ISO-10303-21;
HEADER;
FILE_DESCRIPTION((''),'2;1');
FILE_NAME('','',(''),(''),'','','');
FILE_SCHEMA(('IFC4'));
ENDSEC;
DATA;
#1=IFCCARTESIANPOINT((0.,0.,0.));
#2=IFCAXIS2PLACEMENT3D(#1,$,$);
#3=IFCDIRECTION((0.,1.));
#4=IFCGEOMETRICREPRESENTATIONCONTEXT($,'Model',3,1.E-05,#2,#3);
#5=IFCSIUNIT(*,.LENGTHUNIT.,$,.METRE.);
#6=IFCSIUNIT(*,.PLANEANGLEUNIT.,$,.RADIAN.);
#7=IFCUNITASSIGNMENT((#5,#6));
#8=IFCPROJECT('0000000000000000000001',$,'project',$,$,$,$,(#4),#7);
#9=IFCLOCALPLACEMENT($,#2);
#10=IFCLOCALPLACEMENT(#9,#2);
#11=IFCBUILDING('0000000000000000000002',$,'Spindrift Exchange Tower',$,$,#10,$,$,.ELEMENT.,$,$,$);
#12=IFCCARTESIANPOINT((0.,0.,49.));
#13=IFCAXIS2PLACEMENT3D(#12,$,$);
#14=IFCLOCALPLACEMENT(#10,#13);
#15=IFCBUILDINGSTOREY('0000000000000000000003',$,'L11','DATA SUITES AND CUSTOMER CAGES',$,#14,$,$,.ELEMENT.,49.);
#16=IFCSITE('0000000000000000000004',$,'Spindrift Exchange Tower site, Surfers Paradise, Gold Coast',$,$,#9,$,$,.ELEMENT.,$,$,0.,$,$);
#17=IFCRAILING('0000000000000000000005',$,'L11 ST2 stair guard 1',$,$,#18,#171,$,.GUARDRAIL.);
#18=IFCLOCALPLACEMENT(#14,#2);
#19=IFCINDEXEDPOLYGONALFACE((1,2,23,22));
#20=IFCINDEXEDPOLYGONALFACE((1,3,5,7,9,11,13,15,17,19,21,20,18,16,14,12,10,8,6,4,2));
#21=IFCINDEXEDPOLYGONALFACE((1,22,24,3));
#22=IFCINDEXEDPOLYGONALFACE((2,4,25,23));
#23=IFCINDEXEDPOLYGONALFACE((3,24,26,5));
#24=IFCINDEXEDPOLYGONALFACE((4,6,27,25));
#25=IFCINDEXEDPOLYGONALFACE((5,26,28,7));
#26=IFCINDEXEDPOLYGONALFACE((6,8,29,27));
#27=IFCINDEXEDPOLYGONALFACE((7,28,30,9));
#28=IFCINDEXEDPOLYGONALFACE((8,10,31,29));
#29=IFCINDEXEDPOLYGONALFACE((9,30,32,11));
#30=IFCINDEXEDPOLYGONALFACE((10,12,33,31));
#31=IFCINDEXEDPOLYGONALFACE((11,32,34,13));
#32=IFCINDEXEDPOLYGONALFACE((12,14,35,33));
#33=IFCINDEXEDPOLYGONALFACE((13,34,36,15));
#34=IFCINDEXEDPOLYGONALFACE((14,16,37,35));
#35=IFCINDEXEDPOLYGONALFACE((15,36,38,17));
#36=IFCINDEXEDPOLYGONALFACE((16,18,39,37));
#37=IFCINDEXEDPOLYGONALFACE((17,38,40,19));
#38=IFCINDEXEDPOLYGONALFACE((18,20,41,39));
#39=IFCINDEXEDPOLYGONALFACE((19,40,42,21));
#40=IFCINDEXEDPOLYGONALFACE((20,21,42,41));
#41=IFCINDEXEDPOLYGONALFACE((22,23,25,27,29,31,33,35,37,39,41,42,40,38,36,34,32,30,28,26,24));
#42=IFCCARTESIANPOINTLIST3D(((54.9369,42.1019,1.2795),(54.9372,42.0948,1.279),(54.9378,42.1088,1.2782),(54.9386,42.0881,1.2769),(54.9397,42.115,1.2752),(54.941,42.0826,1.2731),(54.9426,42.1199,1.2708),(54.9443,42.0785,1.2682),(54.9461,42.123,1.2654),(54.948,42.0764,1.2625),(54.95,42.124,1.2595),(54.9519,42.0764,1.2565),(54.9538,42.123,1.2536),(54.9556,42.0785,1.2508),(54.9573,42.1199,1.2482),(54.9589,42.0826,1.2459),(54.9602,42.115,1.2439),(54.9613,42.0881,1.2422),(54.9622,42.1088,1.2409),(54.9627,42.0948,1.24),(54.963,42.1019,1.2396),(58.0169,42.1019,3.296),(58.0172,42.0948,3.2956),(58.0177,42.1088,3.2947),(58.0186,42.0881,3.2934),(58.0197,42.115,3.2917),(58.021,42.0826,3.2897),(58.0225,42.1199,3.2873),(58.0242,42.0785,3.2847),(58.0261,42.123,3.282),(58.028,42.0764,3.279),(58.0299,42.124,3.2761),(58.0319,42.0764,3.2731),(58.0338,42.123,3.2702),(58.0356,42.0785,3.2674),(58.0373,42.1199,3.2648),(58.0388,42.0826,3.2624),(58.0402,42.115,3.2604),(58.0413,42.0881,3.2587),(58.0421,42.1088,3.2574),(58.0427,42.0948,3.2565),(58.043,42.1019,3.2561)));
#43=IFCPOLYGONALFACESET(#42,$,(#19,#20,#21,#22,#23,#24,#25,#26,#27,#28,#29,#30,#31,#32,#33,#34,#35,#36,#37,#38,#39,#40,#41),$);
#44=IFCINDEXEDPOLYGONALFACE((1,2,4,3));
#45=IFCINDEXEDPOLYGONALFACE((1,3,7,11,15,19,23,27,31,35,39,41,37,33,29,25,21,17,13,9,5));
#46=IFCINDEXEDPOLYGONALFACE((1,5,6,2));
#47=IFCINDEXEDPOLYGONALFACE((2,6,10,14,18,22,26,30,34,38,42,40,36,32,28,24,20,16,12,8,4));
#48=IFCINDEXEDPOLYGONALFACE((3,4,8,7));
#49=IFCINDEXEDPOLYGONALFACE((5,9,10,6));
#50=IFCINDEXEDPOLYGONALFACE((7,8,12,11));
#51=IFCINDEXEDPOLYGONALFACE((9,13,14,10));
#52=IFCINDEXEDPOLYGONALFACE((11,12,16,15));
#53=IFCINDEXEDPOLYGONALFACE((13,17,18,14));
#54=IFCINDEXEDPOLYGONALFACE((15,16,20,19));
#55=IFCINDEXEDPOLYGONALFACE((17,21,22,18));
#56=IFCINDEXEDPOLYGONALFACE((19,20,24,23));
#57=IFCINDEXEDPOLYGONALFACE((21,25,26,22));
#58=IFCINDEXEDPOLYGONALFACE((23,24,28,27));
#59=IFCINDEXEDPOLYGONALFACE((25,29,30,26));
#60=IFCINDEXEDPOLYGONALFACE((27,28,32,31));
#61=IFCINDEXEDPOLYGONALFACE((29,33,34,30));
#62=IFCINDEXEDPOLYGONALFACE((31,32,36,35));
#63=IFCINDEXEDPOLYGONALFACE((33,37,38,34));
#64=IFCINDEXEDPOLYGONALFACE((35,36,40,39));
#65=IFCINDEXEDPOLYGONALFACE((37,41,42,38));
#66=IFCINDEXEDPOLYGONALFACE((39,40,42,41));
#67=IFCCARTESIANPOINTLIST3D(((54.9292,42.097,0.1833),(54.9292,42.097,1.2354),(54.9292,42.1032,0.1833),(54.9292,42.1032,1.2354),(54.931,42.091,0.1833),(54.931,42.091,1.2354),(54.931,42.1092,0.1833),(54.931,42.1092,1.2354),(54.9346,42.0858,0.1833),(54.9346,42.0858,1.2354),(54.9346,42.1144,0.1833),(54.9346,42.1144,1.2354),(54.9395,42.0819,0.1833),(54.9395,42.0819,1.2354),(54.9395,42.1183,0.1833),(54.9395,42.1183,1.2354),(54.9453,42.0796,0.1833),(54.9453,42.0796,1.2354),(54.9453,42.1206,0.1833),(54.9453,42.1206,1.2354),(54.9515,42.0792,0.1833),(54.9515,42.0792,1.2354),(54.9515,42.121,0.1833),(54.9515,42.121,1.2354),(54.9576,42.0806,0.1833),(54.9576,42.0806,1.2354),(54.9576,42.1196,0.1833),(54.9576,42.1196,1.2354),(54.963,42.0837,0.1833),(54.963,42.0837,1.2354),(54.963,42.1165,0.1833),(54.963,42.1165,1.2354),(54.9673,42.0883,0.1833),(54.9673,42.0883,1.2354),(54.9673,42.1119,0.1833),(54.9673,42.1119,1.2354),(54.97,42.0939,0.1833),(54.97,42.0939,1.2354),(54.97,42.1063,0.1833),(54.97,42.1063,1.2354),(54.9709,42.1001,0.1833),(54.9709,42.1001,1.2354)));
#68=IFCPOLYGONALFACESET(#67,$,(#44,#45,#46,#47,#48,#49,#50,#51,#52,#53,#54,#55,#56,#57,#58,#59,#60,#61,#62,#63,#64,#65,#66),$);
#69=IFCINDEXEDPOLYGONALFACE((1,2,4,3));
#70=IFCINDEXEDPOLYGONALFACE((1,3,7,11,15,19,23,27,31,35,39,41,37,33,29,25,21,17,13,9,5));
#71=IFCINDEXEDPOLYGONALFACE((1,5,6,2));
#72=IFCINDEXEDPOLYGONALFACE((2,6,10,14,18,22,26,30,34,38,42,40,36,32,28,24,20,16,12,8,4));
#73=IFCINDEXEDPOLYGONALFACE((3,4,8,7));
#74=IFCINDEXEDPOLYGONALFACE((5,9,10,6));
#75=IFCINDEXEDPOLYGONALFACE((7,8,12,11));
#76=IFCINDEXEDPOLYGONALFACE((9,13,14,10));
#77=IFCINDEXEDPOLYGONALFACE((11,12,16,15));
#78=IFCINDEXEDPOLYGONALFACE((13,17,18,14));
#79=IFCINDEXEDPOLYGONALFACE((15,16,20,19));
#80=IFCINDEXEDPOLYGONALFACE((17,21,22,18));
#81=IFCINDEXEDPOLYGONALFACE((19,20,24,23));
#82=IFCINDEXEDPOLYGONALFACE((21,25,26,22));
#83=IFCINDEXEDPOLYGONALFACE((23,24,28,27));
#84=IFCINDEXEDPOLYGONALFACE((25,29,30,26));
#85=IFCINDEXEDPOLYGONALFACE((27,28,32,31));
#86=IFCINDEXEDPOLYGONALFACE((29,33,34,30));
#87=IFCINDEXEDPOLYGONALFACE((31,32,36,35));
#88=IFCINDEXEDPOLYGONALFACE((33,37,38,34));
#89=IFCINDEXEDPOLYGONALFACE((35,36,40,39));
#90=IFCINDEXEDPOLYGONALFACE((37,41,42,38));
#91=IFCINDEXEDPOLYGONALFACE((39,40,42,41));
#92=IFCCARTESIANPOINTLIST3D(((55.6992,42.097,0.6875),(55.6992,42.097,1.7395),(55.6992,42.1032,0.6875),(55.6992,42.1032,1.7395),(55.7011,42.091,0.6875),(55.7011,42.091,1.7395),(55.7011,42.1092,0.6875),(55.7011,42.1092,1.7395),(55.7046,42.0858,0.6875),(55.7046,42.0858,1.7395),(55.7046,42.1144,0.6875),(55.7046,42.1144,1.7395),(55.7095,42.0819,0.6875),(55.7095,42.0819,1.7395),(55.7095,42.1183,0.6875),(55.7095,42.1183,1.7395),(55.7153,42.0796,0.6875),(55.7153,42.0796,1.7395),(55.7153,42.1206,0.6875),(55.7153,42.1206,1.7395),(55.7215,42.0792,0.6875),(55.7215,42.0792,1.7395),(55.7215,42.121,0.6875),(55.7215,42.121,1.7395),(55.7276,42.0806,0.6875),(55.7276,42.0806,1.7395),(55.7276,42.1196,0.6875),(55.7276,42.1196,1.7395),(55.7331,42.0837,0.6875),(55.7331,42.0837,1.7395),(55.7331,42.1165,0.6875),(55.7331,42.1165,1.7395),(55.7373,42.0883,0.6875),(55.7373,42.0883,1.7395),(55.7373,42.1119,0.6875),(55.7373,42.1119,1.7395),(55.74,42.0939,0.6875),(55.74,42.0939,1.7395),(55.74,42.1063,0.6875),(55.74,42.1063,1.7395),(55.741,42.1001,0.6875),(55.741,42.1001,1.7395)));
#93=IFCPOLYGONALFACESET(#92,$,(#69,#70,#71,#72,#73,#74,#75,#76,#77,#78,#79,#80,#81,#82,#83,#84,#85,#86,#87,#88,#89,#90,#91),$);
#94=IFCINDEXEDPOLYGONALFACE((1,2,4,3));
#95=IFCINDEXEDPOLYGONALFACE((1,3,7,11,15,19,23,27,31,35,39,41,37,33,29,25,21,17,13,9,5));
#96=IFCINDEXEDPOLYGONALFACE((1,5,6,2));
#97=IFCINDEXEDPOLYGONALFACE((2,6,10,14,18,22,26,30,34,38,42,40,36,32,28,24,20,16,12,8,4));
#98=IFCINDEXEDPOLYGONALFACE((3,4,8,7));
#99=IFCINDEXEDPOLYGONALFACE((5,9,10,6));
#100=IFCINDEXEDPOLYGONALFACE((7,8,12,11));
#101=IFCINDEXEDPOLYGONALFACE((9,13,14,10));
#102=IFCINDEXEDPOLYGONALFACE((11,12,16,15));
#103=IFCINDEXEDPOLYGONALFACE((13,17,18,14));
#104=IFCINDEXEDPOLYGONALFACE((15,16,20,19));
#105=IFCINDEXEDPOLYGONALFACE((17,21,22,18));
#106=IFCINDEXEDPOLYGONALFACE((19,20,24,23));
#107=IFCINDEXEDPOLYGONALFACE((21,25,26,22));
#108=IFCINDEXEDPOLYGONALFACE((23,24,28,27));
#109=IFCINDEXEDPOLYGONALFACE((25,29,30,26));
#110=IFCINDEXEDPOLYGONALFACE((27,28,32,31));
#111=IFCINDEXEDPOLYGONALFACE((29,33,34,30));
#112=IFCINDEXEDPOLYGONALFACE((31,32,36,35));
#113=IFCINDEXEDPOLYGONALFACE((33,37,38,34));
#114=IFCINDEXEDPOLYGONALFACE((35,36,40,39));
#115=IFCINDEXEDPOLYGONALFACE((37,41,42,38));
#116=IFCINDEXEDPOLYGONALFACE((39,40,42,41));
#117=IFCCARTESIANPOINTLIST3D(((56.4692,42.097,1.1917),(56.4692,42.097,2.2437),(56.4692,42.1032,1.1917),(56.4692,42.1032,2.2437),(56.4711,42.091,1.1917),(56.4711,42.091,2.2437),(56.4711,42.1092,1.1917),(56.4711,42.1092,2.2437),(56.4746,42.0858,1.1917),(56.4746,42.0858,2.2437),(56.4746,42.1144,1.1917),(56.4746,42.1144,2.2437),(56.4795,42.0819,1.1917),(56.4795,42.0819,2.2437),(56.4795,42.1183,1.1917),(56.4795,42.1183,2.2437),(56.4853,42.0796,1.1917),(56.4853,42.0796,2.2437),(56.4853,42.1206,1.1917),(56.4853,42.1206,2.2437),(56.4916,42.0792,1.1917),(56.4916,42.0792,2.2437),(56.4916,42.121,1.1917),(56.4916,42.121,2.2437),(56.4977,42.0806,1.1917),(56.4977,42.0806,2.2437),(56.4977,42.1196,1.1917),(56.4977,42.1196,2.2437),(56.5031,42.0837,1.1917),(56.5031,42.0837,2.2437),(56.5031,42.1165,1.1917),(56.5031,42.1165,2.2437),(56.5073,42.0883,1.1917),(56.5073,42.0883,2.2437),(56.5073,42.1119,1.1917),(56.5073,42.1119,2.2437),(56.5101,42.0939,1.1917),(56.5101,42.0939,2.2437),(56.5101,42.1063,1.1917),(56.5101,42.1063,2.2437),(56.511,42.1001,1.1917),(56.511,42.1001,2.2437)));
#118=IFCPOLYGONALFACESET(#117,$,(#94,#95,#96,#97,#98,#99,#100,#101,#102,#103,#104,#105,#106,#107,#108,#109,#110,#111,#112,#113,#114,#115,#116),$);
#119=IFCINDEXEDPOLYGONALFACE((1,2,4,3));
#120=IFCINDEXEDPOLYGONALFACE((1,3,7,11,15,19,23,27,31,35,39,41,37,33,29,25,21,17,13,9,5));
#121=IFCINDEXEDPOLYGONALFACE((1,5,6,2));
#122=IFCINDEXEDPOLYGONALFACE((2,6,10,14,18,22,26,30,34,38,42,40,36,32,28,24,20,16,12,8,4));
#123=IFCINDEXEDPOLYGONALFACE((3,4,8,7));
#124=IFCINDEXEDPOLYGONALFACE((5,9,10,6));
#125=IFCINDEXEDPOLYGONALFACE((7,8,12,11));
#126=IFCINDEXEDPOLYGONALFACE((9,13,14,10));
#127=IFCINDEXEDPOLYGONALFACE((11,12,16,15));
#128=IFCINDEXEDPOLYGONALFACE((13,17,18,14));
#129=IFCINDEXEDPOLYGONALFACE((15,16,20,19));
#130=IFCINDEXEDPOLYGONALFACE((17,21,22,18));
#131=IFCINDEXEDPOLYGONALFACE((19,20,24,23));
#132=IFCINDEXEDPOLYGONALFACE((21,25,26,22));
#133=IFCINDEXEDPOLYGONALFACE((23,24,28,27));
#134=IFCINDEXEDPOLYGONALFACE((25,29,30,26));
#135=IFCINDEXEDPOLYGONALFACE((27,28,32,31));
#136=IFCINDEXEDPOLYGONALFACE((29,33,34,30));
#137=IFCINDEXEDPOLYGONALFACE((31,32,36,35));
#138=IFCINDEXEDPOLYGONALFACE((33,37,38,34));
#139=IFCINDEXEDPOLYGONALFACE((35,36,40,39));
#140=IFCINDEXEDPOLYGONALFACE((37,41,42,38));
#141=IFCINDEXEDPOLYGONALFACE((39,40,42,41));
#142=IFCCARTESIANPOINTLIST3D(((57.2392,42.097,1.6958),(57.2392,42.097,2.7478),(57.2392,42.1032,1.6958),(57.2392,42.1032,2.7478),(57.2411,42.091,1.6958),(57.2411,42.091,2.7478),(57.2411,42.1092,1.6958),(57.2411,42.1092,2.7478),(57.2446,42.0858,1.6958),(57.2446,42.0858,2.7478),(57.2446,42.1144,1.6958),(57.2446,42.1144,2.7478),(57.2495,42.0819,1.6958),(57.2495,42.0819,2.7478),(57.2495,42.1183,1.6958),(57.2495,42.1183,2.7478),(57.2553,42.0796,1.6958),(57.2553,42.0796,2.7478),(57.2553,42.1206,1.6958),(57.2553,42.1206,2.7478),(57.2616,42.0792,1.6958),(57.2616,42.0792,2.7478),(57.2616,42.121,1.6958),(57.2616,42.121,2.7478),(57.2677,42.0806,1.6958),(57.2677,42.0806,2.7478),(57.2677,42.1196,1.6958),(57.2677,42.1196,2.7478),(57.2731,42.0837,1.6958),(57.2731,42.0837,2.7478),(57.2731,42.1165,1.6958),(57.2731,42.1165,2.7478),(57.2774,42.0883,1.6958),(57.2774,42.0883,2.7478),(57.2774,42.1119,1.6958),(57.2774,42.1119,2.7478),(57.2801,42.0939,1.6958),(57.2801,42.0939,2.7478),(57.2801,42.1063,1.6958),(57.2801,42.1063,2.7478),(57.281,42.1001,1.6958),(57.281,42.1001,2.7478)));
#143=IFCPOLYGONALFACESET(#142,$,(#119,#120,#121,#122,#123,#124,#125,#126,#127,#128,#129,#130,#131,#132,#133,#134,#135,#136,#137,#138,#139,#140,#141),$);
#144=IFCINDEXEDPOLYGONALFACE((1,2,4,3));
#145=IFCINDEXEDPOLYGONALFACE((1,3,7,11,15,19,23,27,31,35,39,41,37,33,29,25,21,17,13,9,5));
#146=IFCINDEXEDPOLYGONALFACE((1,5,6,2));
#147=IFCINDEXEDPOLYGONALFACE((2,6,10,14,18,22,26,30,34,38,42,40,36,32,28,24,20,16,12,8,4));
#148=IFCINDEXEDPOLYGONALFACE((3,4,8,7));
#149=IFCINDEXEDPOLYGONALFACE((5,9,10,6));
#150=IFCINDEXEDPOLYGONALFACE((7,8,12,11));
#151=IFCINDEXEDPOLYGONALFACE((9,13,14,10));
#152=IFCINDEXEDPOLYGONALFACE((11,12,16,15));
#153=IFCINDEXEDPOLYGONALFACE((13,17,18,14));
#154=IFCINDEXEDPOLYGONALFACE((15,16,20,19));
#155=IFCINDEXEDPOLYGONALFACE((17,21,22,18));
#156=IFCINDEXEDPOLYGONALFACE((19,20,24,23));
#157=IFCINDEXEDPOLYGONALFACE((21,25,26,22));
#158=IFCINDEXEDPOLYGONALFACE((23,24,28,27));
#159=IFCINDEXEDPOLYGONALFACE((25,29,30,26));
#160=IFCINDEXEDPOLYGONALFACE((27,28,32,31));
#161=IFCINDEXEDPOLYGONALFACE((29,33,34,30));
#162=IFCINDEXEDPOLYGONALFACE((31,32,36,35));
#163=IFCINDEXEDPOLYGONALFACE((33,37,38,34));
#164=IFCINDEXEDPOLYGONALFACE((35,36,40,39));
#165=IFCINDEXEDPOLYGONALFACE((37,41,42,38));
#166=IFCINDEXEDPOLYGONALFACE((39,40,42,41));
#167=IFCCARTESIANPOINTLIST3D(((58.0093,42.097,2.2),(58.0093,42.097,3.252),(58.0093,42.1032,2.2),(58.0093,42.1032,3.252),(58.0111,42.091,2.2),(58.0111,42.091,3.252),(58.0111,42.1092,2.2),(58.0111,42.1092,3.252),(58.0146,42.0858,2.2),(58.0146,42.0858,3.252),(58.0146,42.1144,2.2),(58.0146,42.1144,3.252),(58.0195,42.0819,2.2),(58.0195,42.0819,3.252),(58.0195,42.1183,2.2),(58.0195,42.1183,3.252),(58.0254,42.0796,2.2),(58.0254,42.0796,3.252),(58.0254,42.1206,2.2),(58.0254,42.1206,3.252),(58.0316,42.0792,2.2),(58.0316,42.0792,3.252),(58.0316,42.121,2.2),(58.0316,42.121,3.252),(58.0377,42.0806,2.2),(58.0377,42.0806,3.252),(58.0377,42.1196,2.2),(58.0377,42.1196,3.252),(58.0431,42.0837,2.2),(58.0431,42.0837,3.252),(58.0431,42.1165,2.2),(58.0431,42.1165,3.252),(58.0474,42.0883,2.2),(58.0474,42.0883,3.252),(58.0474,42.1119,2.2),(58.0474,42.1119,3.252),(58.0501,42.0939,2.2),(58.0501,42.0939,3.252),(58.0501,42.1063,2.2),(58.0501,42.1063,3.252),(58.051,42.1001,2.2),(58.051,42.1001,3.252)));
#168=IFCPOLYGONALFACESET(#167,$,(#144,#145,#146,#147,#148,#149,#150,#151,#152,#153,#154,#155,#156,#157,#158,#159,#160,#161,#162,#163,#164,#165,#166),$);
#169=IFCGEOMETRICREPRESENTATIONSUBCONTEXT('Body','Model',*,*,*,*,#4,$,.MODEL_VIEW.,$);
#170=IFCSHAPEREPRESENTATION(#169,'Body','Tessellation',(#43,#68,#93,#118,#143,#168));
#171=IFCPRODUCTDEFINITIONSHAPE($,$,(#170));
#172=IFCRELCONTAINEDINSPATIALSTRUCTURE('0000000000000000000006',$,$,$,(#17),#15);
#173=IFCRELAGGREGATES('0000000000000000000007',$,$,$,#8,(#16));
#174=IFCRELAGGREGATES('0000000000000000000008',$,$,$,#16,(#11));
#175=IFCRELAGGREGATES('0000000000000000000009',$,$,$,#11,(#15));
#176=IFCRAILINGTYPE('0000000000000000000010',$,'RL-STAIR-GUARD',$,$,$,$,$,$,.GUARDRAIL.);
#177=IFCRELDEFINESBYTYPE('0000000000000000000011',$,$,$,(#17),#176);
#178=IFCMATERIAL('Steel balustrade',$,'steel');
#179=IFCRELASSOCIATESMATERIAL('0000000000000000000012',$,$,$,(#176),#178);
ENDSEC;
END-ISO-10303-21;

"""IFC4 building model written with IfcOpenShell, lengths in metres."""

from ifc_helpers import new_model, si_unit, direction, frame, origin, origin_2d, place, context, subcontext, project, spatial, circle, extrude, material, type_object, element, save


model = new_model("IFC4")

# Units and contexts
model_context = context("Model", 3, precision=1e-05, world=origin(), true_north=direction((0.0, 1.0)))
body_context = subcontext(model_context, "Body", "Model", "MODEL_VIEW")
ifc_project = project(units=[si_unit("LENGTHUNIT", "METRE"), si_unit("PLANEANGLEUNIT", "RADIAN")], contexts=[model_context])

# Site, building, storey
site_placement = place(None, origin())
site = spatial("IfcSite", under=ifc_project, at=site_placement, Name="Spindrift Exchange Tower site, Surfers Paradise, Gold Coast", CompositionType="ELEMENT", RefElevation=0.0)
building_placement = place(site_placement, origin())
building = spatial("IfcBuilding", under=site, at=building_placement, Name="Spindrift Exchange Tower", CompositionType="ELEMENT")
storey_placement = place(building_placement, frame((0.0, 0.0, 49.0)))
storey = spatial("IfcBuildingStorey", under=building, at=storey_placement, Name="L11", Description="DATA SUITES AND CUSTOMER CAGES", CompositionType="ELEMENT", Elevation=49.0)

# Railing
ifc_material_1 = material(Name="Steel balustrade", Category="steel")
railing_type_1 = type_object("IfcRailingType", Name="RL-STAIR-GUARD", PredefinedType="GUARDRAIL", material=ifc_material_1)
railing_1_placement = place(storey_placement, frame((54.95, 42.1001, 0.1833)))
element("IfcRailing", 1, at=railing_1_placement, inside=storey, type_object=railing_type_1, Name="L11 ST2 stair guard 1", PredefinedType="GUARDRAIL", context=body_context, shape_type="SweptSolid", body=[
    extrude(circle(Radius=0.0239, at=origin_2d()), frame((0.0, 0.0, 1.0762), z_axis=(0.836633, 0.0, 0.547764), x_axis=(0.0, 1.0, 0.0)), (0.0, 0.0, 1.0), 3.6814),
    extrude(circle(Radius=0.021, at=origin_2d()), origin(), (0.0, 0.0, 1.0), 1.052),
    extrude(circle(Radius=0.021, at=origin_2d()), frame((0.77, 0.0, 0.5042)), (0.0, 0.0, 1.0), 1.052),
    extrude(circle(Radius=0.021, at=origin_2d()), frame((1.54, 0.0, 1.0083)), (0.0, 0.0, 1.0), 1.052),
    extrude(circle(Radius=0.021, at=origin_2d()), frame((2.3101, 0.0, 1.5125)), (0.0, 0.0, 1.0), 1.052),
    extrude(circle(Radius=0.021, at=origin_2d()), frame((3.0801, 0.0, 2.0166)), (0.0, 0.0, 1.0), 1.052),
])

save(model, "model.ifc")
